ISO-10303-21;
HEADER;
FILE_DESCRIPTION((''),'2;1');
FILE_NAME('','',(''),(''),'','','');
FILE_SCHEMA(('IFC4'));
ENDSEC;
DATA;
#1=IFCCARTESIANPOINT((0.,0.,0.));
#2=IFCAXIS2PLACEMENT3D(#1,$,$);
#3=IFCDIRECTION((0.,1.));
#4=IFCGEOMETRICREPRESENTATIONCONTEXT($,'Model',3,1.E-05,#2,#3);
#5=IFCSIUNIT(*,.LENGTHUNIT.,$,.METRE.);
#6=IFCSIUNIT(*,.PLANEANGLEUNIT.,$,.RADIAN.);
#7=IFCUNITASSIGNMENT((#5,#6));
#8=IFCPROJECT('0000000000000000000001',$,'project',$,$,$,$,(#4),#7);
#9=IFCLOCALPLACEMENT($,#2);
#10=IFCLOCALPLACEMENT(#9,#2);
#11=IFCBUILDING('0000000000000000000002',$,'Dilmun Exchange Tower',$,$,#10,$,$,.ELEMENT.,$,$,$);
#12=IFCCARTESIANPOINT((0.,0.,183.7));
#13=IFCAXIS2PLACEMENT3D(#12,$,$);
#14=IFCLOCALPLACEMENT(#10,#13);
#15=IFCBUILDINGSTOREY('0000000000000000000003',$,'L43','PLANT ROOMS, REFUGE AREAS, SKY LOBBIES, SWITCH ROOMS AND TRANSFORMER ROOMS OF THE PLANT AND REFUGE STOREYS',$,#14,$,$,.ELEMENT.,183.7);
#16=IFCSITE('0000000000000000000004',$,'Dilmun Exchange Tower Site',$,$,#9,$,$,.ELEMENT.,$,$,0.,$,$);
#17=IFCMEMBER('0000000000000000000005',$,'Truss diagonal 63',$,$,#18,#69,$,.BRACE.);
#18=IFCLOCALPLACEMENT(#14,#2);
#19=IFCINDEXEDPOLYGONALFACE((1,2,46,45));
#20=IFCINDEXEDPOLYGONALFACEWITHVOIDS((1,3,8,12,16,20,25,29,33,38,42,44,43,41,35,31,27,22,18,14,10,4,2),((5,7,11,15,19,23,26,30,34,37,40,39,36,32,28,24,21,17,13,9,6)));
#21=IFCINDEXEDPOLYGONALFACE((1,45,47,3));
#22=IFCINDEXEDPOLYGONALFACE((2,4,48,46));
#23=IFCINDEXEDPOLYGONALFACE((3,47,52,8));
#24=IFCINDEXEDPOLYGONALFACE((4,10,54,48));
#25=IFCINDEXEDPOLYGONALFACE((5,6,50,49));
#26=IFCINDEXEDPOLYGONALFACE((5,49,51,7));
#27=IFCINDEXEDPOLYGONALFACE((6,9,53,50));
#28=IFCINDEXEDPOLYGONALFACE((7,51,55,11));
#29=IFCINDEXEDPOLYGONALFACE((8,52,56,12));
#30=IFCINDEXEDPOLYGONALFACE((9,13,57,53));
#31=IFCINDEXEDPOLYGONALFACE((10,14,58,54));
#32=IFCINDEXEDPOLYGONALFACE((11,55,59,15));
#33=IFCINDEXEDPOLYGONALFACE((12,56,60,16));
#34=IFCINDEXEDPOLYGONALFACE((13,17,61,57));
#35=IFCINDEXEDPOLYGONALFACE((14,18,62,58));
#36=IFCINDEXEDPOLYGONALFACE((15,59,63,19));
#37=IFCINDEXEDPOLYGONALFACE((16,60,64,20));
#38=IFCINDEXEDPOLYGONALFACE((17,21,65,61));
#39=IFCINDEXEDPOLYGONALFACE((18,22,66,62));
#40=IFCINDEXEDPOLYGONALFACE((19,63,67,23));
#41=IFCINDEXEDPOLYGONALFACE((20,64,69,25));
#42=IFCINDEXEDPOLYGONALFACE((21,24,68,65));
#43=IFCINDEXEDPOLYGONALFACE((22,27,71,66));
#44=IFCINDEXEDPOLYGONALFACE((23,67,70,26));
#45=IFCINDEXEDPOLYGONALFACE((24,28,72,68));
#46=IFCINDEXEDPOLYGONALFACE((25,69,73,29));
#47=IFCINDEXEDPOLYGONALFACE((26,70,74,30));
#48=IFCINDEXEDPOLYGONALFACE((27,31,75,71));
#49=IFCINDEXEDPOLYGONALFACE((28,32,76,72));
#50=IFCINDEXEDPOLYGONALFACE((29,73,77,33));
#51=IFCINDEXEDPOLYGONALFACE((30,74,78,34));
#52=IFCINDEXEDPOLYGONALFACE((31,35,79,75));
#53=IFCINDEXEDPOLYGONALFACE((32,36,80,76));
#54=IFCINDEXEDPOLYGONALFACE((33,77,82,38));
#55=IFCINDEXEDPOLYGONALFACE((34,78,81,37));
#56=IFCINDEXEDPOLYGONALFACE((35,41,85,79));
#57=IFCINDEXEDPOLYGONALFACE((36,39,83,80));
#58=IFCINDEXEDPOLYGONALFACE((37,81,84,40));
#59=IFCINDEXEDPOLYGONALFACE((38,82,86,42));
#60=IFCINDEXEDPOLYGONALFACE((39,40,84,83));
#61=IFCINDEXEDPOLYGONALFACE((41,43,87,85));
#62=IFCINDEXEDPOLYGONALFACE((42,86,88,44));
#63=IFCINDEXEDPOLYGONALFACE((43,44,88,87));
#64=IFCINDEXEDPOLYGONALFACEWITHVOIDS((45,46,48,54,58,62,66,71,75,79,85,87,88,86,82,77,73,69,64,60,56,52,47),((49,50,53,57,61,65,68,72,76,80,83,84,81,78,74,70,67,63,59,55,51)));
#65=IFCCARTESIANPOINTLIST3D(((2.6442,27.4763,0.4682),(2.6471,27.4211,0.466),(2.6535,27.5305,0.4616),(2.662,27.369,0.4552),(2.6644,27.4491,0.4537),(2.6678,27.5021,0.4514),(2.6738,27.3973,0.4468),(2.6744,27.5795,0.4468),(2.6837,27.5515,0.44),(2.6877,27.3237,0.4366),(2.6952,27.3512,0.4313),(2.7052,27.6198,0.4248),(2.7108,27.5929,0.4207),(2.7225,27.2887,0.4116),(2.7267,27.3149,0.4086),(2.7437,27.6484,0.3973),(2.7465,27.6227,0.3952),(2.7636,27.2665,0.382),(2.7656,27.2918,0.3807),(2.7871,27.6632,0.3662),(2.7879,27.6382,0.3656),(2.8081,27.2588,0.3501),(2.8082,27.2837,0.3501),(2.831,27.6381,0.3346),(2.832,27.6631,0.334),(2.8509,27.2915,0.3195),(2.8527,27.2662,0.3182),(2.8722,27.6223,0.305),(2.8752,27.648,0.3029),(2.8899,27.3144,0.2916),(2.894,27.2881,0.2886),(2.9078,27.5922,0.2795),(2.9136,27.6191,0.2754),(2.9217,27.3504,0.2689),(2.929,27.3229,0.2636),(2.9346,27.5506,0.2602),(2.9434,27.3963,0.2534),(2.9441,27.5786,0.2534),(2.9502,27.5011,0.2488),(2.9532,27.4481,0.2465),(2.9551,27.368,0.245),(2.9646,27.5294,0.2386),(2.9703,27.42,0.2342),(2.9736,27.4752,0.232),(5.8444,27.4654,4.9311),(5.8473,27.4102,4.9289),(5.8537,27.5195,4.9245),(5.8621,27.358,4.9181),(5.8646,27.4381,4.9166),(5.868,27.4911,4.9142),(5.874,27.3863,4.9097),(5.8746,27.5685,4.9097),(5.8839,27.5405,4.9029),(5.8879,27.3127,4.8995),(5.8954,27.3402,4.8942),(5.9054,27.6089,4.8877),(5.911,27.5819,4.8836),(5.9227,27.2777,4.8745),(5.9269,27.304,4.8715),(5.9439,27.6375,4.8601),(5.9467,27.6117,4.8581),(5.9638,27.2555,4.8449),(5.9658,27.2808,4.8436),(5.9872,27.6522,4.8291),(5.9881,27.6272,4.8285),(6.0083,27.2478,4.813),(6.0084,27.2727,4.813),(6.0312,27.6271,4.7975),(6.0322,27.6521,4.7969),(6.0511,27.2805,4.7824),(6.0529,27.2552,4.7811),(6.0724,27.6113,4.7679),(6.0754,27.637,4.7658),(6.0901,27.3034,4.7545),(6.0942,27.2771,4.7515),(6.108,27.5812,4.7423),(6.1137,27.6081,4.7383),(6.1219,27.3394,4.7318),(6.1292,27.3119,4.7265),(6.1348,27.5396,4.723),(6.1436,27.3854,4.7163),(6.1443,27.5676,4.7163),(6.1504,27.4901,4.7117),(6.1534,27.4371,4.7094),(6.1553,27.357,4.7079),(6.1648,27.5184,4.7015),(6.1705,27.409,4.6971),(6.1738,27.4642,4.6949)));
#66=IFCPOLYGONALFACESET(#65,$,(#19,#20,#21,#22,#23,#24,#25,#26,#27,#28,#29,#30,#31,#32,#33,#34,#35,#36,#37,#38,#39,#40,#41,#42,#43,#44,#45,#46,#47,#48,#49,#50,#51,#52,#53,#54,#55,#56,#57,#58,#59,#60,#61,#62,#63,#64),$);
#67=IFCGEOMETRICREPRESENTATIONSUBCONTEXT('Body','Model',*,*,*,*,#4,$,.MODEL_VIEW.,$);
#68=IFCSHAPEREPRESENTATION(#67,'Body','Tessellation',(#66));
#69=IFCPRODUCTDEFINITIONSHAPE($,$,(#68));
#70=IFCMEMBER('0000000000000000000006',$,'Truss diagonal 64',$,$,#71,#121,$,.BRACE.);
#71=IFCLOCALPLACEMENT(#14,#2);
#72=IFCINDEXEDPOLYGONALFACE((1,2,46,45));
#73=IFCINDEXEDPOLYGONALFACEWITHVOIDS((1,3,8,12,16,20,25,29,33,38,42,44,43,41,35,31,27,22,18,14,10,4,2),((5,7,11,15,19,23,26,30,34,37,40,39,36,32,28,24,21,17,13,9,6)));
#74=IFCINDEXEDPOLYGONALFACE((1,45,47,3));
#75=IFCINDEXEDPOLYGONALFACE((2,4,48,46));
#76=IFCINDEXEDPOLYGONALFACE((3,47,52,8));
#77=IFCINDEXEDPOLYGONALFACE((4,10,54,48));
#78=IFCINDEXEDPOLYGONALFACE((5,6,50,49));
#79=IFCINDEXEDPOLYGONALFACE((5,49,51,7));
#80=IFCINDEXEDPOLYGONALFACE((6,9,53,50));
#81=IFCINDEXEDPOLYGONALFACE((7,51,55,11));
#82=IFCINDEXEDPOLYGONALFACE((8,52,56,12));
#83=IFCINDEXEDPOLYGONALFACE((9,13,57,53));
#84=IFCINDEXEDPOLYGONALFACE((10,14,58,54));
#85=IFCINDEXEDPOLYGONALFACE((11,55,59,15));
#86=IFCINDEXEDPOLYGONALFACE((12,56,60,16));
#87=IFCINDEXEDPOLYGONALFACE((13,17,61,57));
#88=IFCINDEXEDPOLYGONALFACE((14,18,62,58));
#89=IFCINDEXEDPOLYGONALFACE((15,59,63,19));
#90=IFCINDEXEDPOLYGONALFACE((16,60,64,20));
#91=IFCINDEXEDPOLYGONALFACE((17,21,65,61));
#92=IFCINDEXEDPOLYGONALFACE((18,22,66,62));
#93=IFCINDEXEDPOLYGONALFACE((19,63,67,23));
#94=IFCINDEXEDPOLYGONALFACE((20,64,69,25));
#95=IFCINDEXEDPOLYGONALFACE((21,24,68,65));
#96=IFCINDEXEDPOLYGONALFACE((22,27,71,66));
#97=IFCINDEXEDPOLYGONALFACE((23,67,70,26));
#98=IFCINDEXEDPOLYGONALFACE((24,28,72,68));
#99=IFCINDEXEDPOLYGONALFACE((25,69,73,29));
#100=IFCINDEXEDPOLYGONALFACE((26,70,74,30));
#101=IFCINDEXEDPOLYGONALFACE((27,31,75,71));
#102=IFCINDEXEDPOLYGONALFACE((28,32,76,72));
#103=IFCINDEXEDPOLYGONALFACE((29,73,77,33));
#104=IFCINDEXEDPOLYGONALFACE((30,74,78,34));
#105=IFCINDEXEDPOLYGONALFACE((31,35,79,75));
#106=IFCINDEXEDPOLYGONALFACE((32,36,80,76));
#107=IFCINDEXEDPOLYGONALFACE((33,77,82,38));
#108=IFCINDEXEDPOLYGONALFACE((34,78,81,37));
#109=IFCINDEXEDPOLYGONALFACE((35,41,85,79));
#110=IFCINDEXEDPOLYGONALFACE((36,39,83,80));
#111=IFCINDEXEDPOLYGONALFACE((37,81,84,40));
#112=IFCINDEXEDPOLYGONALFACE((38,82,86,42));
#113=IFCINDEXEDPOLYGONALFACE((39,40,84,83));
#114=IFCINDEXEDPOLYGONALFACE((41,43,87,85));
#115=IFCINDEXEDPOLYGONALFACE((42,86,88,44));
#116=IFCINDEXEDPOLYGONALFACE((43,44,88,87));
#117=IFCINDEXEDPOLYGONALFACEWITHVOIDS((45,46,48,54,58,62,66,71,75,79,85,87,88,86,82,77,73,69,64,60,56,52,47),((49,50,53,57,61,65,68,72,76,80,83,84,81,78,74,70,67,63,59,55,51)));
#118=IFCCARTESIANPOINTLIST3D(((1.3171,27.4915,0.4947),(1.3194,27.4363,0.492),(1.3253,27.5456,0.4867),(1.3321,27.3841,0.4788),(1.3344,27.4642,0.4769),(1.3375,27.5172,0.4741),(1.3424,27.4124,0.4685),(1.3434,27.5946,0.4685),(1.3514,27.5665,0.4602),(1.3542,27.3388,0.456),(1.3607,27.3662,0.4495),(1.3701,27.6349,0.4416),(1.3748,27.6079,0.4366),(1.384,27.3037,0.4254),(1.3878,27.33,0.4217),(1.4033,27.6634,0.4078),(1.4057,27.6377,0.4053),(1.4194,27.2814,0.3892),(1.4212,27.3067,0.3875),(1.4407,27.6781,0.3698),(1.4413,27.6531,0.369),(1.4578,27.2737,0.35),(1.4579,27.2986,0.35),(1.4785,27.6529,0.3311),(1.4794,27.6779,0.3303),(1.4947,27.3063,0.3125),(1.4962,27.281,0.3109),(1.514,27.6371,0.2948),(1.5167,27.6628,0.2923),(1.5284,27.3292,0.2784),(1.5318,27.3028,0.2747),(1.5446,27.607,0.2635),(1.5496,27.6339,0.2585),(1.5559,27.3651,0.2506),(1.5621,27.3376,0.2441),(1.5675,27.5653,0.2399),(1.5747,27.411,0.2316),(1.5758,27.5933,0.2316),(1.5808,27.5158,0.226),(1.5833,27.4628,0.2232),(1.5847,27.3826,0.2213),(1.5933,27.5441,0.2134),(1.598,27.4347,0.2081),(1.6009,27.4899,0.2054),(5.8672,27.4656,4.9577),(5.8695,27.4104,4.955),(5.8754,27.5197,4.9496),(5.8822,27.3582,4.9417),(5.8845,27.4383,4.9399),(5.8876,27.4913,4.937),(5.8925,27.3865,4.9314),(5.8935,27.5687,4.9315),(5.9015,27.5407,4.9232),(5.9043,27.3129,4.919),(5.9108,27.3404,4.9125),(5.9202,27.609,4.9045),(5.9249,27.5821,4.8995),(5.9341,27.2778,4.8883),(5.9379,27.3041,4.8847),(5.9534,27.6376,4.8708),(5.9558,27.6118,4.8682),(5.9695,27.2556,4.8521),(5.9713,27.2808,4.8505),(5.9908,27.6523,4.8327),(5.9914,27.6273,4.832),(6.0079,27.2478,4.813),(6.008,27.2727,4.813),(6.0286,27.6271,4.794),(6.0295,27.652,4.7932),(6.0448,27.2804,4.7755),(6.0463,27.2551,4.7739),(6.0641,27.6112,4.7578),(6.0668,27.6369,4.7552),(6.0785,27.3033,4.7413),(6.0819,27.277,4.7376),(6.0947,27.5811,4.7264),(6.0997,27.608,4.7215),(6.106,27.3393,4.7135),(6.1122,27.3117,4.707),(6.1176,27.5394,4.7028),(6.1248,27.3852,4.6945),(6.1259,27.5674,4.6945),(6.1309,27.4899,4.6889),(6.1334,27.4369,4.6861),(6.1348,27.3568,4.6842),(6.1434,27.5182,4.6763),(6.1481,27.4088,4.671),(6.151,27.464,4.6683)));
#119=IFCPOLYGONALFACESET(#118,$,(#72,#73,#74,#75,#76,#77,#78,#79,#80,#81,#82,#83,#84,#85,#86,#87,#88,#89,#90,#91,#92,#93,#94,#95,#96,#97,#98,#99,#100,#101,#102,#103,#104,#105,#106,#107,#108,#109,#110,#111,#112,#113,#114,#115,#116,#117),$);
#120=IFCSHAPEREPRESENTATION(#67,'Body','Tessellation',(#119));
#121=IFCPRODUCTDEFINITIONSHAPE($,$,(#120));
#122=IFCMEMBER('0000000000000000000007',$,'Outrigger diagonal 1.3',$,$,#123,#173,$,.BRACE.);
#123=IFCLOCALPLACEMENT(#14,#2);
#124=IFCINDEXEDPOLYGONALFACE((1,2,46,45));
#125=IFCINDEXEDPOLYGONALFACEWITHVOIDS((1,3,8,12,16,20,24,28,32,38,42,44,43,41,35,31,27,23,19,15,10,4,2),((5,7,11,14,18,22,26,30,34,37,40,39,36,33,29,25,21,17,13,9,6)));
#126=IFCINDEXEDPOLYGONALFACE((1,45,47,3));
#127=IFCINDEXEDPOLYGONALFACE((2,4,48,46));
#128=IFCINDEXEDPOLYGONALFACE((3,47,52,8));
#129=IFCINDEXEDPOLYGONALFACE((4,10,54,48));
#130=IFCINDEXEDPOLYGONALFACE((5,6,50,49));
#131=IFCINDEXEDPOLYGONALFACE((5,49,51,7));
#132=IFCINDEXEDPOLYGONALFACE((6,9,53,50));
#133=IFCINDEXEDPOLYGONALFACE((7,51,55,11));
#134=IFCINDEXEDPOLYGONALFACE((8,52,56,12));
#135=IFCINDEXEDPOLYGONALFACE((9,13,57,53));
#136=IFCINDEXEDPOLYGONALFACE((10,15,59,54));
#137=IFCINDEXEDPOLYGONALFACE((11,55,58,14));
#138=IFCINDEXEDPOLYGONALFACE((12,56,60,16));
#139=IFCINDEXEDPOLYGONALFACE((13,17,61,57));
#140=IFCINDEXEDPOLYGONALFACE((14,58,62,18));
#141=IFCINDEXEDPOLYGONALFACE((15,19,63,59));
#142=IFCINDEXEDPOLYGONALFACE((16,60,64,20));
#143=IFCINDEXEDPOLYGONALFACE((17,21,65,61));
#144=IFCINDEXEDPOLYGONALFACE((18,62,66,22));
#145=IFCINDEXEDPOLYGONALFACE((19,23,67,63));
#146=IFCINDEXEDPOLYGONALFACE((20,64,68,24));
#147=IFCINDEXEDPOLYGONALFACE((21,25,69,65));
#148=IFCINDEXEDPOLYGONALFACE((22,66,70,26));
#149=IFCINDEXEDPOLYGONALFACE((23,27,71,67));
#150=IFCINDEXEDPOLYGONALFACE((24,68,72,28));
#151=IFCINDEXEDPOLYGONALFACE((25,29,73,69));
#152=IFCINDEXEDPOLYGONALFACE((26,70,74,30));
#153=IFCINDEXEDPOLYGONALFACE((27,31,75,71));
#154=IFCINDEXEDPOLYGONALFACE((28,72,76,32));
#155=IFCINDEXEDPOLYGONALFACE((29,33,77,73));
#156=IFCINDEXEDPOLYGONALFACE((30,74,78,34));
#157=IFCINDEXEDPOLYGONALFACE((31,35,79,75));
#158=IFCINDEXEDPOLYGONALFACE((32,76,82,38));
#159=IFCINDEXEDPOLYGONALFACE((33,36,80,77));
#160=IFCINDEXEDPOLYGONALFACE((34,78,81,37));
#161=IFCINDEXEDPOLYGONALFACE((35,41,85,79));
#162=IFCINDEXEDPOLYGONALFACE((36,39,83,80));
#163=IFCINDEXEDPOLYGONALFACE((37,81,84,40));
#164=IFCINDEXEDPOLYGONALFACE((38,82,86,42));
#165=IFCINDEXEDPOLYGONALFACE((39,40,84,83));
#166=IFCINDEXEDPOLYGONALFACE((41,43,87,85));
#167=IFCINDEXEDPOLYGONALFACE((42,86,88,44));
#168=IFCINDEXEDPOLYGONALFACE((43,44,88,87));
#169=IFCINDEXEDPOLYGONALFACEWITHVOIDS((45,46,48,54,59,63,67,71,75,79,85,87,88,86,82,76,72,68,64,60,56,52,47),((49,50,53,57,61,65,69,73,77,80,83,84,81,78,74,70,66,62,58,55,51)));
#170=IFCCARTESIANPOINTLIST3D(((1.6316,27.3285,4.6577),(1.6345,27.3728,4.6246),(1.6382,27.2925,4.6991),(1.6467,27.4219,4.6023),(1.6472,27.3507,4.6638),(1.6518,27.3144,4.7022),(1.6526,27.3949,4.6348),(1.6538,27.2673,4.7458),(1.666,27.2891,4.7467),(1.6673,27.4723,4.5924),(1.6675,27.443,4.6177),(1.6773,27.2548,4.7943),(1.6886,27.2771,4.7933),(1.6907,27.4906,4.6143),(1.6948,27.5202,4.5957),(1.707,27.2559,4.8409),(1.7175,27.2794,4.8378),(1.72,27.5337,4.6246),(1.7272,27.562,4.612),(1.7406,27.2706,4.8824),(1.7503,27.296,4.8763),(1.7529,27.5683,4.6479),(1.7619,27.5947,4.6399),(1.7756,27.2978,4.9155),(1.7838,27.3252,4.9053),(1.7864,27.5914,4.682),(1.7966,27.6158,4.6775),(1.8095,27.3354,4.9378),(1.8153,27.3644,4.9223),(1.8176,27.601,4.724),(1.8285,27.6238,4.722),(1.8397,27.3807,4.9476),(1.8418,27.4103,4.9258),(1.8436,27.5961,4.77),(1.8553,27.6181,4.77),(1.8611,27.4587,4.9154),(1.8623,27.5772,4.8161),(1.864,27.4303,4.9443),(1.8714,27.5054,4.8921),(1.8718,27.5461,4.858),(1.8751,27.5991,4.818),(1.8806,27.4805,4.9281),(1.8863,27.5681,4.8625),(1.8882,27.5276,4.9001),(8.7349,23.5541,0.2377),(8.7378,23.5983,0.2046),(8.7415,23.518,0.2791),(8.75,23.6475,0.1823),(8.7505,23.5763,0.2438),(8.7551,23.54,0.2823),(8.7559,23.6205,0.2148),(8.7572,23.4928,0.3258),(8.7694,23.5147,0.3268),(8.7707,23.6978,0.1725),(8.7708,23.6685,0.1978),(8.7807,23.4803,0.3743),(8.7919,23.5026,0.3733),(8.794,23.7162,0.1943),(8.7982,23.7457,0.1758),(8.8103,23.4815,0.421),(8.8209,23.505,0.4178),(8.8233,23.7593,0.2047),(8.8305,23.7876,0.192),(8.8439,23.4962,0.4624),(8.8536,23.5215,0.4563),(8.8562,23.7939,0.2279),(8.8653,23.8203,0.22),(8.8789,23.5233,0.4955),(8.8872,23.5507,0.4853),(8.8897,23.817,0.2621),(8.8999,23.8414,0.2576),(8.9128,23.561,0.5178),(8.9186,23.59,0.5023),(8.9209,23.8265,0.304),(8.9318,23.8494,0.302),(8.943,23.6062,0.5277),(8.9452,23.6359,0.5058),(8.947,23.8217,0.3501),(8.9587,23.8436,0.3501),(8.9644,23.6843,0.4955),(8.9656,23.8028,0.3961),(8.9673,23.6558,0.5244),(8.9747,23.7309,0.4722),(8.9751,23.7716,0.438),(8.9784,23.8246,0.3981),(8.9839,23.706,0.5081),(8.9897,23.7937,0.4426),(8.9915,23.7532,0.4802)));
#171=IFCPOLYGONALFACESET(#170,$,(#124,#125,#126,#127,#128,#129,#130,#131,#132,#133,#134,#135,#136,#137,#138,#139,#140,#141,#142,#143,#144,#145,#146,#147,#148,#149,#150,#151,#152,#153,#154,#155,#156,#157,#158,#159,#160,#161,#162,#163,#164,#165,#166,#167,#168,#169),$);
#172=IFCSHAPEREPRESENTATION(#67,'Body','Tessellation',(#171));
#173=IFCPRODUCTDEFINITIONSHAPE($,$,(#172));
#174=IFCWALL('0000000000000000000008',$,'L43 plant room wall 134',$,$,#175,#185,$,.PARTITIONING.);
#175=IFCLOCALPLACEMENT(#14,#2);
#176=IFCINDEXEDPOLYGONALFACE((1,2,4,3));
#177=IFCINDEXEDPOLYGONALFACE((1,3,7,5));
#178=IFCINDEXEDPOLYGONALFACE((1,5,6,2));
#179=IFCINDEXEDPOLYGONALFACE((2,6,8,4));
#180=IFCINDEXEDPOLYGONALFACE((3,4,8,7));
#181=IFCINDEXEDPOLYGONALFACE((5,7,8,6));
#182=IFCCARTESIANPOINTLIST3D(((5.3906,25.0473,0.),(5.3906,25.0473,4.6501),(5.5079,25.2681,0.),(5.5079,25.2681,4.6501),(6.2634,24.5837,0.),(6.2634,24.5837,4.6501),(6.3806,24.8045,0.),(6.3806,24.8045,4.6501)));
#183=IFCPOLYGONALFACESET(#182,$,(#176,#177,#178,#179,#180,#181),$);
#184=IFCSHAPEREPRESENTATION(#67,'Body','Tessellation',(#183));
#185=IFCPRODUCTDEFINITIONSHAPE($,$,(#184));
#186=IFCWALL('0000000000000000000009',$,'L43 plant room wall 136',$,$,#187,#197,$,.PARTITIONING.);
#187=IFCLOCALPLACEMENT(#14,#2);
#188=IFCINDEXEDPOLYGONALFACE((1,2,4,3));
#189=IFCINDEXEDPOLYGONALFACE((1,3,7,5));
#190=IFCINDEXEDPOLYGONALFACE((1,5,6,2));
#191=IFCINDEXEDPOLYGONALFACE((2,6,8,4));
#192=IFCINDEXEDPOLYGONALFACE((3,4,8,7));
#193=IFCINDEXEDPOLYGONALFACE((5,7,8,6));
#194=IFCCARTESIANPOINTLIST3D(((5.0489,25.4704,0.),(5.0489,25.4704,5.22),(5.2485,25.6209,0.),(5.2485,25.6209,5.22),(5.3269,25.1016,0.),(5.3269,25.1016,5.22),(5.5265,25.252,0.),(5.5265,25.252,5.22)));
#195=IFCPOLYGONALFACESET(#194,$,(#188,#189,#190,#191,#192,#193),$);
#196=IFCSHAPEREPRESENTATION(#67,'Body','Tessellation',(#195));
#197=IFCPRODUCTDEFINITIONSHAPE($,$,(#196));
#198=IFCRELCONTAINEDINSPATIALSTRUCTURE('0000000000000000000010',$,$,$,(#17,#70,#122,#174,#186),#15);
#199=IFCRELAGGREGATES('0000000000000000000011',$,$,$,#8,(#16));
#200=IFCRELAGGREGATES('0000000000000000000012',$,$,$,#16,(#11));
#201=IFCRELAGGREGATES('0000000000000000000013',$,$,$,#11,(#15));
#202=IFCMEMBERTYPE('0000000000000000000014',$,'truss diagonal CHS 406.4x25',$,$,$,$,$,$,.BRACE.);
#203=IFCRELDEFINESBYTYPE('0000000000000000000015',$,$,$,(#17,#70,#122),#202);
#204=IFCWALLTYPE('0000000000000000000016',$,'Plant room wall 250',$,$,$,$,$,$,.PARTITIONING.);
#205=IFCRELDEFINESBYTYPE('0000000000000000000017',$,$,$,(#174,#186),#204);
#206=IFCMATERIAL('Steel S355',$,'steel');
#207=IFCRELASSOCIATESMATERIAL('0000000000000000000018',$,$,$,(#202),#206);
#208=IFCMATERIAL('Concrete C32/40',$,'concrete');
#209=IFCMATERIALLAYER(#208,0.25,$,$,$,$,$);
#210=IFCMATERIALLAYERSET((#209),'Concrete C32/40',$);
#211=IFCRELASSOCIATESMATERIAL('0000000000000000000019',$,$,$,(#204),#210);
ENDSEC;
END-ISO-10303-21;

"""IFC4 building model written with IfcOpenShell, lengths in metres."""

from ifc_helpers import new_model, si_unit, direction, frame, frame_2d, origin, origin_2d, place, context, subcontext, project, spatial, rectangle, hollow_circle, extrude, material, layer, layer_set, material_profile, profile_set, type_object, element, save


model = new_model("IFC4")

# Units and contexts
model_context = context("Model", 3, precision=1e-05, world=origin(), true_north=direction((0.0, 1.0)))
body_context = subcontext(model_context, "Body", "Model", "MODEL_VIEW")
ifc_project = project(units=[si_unit("LENGTHUNIT", "METRE"), si_unit("PLANEANGLEUNIT", "RADIAN")], contexts=[model_context])

# Site, building, storey
site_placement = place(None, origin())
site = spatial("IfcSite", under=ifc_project, at=site_placement, Name="Dilmun Exchange Tower Site", CompositionType="ELEMENT", RefElevation=0.0)
building_placement = place(site_placement, origin())
building = spatial("IfcBuilding", under=site, at=building_placement, Name="Dilmun Exchange Tower", CompositionType="ELEMENT")
storey_placement = place(building_placement, frame((0.0, 0.0, 183.7)))
storey = spatial("IfcBuildingStorey", under=building, at=storey_placement, Name="L43", Description="PLANT ROOMS, REFUGE AREAS, SKY LOBBIES, SWITCH ROOMS AND TRANSFORMER ROOMS OF THE PLANT AND REFUGE STOREYS", CompositionType="ELEMENT", Elevation=183.7)

# Shared definitions
ifc_material_1 = material(Name="Steel S355", Category="steel")

# Members
ifc_material_profile_1 = material_profile(ifc_material_1, hollow_circle(Radius=0.2031, WallThickness=0.0249, at=origin_2d()), Name="CHS 406.4x25")
ifc_profile_set_1 = profile_set([ifc_material_profile_1], Name="Steel S355")
member_type_1 = type_object("IfcMemberType", Name="truss diagonal CHS 406.4x25", PredefinedType="BRACE", material=ifc_profile_set_1)
member_1_placement = place(storey_placement, frame((6.009, 27.4509, 4.813), z_axis=(-0.582733, 0.002001, -0.812661), x_axis=(-0.003433, -0.999994, 0.0)))
element("IfcMember", 1, at=member_1_placement, inside=storey, type_object=member_type_1, Name="Truss diagonal 63", PredefinedType="BRACE", context=body_context, shape_type="SweptSolid", body=[
    extrude(hollow_circle(Radius=0.2031, WallThickness=0.0249, at=origin_2d()), origin(), (0.0, 0.0, 1.0), 5.4917),
])
member_2_placement = place(storey_placement, frame((6.009, 27.4509, 4.813), z_axis=(-0.713905, 0.00406, -0.70023), x_axis=(-0.005688, -0.999984, 0.0)))
element("IfcMember", 2, at=member_2_placement, inside=storey, type_object=member_type_1, Name="Truss diagonal 64", PredefinedType="BRACE", context=body_context, shape_type="SweptSolid", body=[
    extrude(hollow_circle(Radius=0.2031, WallThickness=0.0249, at=origin_2d()), origin(), (0.0, 0.0, 1.0), 6.3735),
])
member_3_placement = place(storey_placement, frame((1.76, 27.4387, 4.77), z_axis=(0.773933, -0.411239, -0.48157), x_axis=(0.469233, 0.883074, 0.0)))
element("IfcMember", 3, at=member_3_placement, inside=storey, type_object=member_type_1, Name="Outrigger diagonal 1.3", PredefinedType="BRACE", context=body_context, shape_type="SweptSolid", body=[
    extrude(hollow_circle(Radius=0.2031, WallThickness=0.0249, at=origin_2d()), origin(), (0.0, 0.0, 1.0), 9.1782),
])

# Walls
ifc_material_2 = material(Name="Concrete C32/40", Category="concrete")
ifc_layer_1 = layer(ifc_material_2, 0.25)
ifc_layer_set_1 = layer_set([ifc_layer_1], Name="Concrete C32/40")
wall_type = type_object("IfcWallType", Name="Plant room wall 250", PredefinedType="PARTITIONING", material=ifc_layer_set_1)
wall_1_placement = place(storey_placement, frame((5.4492, 25.1577, 0.0), z_axis=(0.0, 0.0, 1.0), x_axis=(0.883138, -0.469113, 0.0)))
element("IfcWall", 4, at=wall_1_placement, inside=storey, type_object=wall_type, Name="L43 plant room wall 134", PredefinedType="PARTITIONING", context=body_context, shape_type="SweptSolid", body=[
    extrude(rectangle(XDim=0.9883, YDim=0.25, at=frame_2d((0.4941, 0.0))), origin(), (0.0, 0.0, 1.0), 4.6501),
])
wall_2_placement = place(storey_placement, frame((5.1487, 25.5457, 0.0), z_axis=(0.0, 0.0, 1.0), x_axis=(0.601943, -0.798539, 0.0)))
element("IfcWall", 5, at=wall_2_placement, inside=storey, type_object=wall_type, Name="L43 plant room wall 136", PredefinedType="PARTITIONING", context=body_context, shape_type="SweptSolid", body=[
    extrude(rectangle(XDim=0.4619, YDim=0.25, at=frame_2d((0.231, 0.0))), origin(), (0.0, 0.0, 1.0), 5.22),
])

save(model, "model.ifc")
